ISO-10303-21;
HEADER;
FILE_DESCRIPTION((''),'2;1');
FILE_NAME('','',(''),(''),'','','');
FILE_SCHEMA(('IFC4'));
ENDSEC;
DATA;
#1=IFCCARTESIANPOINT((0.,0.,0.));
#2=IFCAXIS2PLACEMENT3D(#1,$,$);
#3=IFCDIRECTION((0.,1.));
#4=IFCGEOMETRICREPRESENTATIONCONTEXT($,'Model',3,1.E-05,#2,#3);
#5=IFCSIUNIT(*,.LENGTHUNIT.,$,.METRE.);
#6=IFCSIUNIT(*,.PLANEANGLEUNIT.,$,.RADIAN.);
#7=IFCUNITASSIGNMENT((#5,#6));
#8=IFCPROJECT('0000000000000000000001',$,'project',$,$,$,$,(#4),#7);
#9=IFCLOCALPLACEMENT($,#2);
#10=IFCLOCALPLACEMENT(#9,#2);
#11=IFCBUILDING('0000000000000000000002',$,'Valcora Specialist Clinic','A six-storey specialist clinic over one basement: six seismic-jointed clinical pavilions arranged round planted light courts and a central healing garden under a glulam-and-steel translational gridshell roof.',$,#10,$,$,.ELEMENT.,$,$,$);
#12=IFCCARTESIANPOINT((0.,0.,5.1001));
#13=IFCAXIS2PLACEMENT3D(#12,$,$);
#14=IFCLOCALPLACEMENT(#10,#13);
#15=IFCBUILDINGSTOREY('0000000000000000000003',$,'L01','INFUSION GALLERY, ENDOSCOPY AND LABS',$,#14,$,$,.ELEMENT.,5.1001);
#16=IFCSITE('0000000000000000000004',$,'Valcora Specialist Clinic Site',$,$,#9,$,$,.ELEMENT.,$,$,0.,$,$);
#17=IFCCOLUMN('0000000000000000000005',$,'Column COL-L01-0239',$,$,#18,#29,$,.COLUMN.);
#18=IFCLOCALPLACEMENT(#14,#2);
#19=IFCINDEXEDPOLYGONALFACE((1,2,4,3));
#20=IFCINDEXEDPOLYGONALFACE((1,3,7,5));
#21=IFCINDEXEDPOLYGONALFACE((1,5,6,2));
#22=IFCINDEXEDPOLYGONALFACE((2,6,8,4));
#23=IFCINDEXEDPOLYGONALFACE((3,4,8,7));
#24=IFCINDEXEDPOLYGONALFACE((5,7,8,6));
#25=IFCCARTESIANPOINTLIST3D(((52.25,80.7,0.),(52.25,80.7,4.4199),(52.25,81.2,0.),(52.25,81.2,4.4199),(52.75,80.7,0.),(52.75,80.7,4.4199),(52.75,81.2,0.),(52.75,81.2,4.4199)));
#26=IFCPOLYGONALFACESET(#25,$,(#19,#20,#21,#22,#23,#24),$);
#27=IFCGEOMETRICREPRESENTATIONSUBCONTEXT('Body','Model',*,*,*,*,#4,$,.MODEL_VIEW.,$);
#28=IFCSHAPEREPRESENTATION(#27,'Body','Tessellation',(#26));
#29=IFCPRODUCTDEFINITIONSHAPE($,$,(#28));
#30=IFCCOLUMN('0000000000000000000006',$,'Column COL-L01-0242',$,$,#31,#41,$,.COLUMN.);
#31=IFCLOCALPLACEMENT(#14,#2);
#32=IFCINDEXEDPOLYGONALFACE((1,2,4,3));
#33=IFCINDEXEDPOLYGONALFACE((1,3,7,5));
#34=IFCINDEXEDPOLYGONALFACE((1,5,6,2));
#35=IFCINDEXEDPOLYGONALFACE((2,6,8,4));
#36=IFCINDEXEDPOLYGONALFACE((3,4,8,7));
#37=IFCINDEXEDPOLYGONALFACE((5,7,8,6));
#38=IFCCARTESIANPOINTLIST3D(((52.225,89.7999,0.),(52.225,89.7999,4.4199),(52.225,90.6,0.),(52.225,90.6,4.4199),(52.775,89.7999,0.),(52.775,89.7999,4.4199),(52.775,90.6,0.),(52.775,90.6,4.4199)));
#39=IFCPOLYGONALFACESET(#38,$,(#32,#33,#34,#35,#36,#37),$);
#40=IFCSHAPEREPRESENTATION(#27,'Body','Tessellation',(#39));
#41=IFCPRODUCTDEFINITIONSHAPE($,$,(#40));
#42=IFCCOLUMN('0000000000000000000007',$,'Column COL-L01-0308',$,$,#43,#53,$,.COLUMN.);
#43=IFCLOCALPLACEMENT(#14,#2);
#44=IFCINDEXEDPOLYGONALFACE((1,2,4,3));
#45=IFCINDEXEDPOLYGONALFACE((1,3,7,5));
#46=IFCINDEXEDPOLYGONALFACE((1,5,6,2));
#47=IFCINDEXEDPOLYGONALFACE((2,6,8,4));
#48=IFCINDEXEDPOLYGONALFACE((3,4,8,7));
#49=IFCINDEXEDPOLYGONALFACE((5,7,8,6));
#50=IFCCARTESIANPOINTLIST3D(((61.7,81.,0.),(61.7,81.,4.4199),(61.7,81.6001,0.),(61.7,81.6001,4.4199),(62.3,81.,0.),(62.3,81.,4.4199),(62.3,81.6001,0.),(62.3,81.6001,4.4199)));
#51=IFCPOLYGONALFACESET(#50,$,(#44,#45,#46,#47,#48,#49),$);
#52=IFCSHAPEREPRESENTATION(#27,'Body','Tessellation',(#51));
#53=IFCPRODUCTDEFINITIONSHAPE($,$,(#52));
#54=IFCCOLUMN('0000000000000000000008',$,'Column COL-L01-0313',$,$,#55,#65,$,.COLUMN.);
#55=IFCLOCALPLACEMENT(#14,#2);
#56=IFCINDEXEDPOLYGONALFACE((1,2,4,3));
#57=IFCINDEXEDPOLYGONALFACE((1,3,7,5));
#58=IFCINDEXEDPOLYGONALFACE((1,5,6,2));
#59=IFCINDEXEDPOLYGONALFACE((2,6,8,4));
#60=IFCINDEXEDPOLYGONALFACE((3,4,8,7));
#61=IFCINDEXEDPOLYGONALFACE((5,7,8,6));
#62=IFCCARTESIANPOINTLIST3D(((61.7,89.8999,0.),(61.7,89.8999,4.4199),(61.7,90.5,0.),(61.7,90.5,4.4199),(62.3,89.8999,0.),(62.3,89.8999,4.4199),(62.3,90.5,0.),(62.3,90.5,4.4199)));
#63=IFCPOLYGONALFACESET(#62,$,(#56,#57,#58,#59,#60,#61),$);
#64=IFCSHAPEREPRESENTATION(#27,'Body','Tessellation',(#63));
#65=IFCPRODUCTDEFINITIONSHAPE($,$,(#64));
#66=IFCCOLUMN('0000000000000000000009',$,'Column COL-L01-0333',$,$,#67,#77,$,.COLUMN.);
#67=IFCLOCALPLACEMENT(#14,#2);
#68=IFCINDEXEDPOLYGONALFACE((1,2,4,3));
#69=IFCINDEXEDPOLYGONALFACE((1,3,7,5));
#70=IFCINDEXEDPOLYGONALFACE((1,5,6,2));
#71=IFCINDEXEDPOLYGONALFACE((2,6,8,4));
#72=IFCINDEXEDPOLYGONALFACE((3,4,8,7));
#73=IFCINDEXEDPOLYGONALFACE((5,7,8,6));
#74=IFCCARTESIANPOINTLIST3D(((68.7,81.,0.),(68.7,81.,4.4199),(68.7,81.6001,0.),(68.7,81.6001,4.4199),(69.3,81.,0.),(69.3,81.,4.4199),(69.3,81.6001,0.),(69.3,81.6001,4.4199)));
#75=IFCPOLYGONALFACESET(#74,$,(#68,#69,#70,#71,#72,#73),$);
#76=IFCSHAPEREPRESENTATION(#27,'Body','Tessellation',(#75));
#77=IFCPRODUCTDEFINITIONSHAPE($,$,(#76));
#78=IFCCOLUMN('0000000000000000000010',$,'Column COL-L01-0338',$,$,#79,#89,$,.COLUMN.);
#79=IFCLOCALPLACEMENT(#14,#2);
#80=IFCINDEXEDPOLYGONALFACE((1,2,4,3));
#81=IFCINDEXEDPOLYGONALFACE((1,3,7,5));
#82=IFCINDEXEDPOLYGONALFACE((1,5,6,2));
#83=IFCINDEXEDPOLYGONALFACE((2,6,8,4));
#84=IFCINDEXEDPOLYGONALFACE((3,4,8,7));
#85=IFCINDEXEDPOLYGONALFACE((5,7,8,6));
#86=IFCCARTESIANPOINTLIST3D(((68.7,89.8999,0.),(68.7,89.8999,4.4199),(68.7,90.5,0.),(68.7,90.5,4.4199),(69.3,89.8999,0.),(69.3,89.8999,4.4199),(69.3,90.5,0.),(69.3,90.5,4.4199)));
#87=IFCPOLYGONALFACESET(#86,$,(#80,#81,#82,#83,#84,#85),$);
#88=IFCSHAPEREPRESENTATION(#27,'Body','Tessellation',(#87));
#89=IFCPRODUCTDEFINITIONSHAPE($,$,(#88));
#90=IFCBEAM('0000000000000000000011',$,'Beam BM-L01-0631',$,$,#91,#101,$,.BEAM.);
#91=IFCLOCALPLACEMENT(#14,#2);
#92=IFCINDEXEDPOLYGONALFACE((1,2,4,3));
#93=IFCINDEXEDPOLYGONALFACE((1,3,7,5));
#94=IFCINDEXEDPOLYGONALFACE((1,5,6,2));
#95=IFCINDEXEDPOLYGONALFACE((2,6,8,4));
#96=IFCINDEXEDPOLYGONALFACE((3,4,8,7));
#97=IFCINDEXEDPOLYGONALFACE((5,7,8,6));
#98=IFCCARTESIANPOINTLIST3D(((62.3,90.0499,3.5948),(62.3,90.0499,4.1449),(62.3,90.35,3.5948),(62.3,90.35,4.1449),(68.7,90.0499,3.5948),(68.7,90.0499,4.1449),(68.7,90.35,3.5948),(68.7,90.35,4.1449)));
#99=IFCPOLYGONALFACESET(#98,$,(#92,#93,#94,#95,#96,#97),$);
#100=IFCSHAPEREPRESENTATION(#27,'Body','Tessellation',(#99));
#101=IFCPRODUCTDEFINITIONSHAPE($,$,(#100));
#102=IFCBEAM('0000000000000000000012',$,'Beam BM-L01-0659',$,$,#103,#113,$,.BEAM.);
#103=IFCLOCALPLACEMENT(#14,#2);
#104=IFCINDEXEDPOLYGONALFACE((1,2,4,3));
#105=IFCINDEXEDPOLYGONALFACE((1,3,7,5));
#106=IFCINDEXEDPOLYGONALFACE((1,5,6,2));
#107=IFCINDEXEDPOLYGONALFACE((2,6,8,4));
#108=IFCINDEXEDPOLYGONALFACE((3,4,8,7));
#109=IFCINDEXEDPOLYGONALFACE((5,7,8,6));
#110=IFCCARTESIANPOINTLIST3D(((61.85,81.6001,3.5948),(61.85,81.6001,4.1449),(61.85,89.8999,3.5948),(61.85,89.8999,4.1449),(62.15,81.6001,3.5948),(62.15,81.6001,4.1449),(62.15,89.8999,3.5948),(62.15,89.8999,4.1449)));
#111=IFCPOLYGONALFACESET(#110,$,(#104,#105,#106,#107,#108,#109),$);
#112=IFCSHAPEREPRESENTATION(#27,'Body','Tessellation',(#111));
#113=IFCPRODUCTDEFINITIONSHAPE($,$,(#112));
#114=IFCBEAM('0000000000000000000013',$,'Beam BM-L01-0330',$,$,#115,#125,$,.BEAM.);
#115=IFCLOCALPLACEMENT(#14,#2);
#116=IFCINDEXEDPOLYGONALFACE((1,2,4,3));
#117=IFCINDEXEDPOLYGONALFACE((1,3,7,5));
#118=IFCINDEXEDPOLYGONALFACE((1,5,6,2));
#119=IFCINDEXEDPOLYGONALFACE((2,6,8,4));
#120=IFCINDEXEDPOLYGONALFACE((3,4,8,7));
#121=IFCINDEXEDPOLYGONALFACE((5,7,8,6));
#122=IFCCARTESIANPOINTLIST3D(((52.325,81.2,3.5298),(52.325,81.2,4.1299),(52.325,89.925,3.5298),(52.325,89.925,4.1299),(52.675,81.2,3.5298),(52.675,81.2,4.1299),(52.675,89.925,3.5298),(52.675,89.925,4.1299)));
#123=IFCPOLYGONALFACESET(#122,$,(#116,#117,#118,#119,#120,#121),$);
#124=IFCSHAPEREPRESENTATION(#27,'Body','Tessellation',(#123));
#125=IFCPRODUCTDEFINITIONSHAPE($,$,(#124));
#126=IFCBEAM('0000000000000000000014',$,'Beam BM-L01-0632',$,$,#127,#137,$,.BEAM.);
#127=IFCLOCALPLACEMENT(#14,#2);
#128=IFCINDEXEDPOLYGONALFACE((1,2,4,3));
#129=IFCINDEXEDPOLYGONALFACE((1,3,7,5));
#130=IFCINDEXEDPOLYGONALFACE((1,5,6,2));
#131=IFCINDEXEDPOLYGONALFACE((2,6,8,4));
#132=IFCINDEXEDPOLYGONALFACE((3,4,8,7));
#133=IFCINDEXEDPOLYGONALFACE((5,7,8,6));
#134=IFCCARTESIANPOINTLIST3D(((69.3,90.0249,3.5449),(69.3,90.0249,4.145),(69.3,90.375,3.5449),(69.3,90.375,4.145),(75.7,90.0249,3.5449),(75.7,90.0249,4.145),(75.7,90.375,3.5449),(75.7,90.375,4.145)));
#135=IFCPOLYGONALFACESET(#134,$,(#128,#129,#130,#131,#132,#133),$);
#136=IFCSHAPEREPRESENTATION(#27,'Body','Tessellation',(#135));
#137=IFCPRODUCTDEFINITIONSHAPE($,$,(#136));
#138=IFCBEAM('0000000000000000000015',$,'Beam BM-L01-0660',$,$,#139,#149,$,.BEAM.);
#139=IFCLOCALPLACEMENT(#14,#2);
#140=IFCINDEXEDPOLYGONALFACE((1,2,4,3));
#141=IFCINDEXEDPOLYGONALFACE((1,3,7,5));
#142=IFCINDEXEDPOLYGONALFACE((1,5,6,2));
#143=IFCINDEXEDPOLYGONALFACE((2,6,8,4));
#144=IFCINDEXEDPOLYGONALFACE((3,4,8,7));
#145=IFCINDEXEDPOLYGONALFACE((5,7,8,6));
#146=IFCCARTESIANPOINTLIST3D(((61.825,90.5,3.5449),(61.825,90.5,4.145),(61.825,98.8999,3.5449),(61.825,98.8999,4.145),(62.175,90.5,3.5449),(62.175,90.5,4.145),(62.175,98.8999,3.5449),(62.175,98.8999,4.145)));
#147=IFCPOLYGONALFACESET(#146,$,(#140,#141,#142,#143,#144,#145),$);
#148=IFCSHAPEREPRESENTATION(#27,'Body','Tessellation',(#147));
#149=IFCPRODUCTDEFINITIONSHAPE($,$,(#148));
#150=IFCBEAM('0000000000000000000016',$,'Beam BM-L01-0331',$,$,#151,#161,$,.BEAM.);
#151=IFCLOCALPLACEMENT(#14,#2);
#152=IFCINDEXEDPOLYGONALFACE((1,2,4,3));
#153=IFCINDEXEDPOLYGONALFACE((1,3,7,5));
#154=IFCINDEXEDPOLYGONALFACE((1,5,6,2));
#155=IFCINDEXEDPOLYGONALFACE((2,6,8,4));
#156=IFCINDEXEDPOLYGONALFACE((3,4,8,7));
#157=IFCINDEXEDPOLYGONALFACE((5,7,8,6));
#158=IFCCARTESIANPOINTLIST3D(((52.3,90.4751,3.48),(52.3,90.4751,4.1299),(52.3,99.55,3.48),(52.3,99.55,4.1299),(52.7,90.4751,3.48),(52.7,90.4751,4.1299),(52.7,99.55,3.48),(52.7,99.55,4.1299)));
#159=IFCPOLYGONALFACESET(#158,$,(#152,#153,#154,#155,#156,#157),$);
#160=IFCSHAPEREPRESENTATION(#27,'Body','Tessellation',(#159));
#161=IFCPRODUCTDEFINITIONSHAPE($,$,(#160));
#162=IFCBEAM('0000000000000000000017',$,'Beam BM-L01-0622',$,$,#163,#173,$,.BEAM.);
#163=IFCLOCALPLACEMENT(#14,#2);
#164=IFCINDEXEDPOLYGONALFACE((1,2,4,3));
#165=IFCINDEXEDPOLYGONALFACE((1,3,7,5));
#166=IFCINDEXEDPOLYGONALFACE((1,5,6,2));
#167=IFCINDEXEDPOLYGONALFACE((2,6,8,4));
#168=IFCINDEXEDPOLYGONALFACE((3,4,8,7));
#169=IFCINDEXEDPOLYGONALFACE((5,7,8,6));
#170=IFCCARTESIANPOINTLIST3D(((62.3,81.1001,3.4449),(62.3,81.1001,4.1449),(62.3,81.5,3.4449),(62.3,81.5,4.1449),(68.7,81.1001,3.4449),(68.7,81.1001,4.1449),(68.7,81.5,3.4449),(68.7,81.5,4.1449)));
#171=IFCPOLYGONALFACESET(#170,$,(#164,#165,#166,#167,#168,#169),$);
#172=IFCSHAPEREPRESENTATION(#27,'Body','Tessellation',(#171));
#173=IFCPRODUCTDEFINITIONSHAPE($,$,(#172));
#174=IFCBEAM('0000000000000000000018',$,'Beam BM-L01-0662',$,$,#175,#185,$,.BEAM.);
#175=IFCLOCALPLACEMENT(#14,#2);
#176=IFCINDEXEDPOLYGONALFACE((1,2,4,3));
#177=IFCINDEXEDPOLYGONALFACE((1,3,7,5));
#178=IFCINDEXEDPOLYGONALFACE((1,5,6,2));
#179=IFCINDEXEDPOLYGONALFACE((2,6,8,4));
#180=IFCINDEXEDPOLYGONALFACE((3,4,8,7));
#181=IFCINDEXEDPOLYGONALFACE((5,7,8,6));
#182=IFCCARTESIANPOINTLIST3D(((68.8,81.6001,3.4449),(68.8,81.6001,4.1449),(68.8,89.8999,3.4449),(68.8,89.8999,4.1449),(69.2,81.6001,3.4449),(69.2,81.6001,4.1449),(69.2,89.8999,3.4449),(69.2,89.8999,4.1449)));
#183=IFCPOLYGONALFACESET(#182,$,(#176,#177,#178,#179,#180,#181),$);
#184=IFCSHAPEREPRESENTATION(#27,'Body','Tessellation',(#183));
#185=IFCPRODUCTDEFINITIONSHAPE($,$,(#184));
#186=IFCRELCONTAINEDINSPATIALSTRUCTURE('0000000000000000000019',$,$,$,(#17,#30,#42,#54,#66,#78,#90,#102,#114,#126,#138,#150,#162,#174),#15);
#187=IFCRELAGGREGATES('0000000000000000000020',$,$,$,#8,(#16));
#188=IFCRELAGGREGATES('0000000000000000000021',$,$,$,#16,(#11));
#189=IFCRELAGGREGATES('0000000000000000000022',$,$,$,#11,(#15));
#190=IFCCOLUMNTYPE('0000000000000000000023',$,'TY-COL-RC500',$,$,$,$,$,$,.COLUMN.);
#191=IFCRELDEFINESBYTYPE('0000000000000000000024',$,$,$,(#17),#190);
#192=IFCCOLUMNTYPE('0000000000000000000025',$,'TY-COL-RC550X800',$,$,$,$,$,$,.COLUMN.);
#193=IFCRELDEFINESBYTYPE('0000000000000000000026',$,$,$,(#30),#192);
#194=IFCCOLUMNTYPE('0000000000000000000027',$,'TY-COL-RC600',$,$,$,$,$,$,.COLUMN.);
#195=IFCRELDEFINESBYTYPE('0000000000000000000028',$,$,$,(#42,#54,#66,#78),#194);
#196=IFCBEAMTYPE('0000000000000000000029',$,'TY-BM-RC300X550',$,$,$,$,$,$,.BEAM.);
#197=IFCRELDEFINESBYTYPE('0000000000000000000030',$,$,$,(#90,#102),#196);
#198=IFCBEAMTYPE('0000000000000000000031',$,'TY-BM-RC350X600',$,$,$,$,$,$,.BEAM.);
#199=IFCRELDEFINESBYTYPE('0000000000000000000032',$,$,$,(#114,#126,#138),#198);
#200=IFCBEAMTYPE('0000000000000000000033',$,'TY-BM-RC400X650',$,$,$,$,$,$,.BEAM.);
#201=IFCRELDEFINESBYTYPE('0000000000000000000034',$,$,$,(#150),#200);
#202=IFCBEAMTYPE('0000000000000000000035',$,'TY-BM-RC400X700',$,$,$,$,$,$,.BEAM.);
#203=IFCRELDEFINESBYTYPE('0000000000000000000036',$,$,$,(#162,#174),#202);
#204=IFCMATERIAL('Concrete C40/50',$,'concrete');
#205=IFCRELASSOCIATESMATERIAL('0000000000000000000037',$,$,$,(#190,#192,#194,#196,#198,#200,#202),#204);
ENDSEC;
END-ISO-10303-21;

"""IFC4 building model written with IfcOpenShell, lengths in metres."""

from ifc_helpers import new_model, si_unit, direction, frame, origin, origin_2d, place, context, subcontext, project, spatial, rectangle, extrude, material, material_profile, profile_set, type_object, element, save


model = new_model("IFC4")

# Units and contexts
model_context = context("Model", 3, precision=1e-05, world=origin(), true_north=direction((0.0, 1.0)))
body_context = subcontext(model_context, "Body", "Model", "MODEL_VIEW")
ifc_project = project(units=[si_unit("LENGTHUNIT", "METRE"), si_unit("PLANEANGLEUNIT", "RADIAN")], contexts=[model_context])

# Site, building, storey
site_placement = place(None, origin())
site = spatial("IfcSite", under=ifc_project, at=site_placement, Name="Valcora Specialist Clinic Site", CompositionType="ELEMENT", RefElevation=0.0)
building_placement = place(site_placement, origin())
building = spatial("IfcBuilding", under=site, at=building_placement, Name="Valcora Specialist Clinic", Description="A six-storey specialist clinic over one basement: six seismic-jointed clinical pavilions arranged round planted light courts and a central healing garden under a glulam-and-steel translational gridshell roof.", CompositionType="ELEMENT")
storey_placement = place(building_placement, frame((0.0, 0.0, 5.1001)))
storey = spatial("IfcBuildingStorey", under=building, at=storey_placement, Name="L01", Description="INFUSION GALLERY, ENDOSCOPY AND LABS", CompositionType="ELEMENT", Elevation=5.1001)

# Columns
ifc_material_1 = material(Name="Concrete C40/50", Category="concrete")
ifc_material_profile_1 = material_profile(ifc_material_1, rectangle(XDim=0.5, YDim=0.5, at=origin_2d()), Name="RC-COL-500X500")
ifc_profile_set_1 = profile_set([ifc_material_profile_1], Name="Concrete C40/50")
column_type_1 = type_object("IfcColumnType", Name="TY-COL-RC500", PredefinedType="COLUMN", material=ifc_profile_set_1)
column_1_placement = place(storey_placement, frame((52.5, 80.95, 0.0), z_axis=(0.0, 0.0, 1.0), x_axis=(1.0, 0.0, 0.0)))
element("IfcColumn", 1, at=column_1_placement, inside=storey, type_object=column_type_1, Name="Column COL-L01-0239", PredefinedType="COLUMN", context=body_context, shape_type="SweptSolid", body=[
    extrude(rectangle(XDim=0.5, YDim=0.5, at=origin_2d()), origin(), (0.0, 0.0, 1.0), 4.4199),
])
ifc_material_profile_2 = material_profile(ifc_material_1, rectangle(XDim=0.55, YDim=0.8, at=origin_2d()), Name="RC-COL-550X800")
ifc_profile_set_2 = profile_set([ifc_material_profile_2], Name="Concrete C40/50")
column_type_2 = type_object("IfcColumnType", Name="TY-COL-RC550X800", PredefinedType="COLUMN", material=ifc_profile_set_2)
column_2_placement = place(storey_placement, frame((52.5, 90.2, 0.0), z_axis=(0.0, 0.0, 1.0), x_axis=(1.0, 0.0, 0.0)))
element("IfcColumn", 2, at=column_2_placement, inside=storey, type_object=column_type_2, Name="Column COL-L01-0242", PredefinedType="COLUMN", context=body_context, shape_type="SweptSolid", body=[
    extrude(rectangle(XDim=0.55, YDim=0.8, at=origin_2d()), origin(), (0.0, 0.0, 1.0), 4.4199),
])
ifc_material_profile_3 = material_profile(ifc_material_1, rectangle(XDim=0.6001, YDim=0.6001, at=origin_2d()), Name="RC-COL-600X600")
ifc_profile_set_3 = profile_set([ifc_material_profile_3], Name="Concrete C40/50")
column_type_3 = type_object("IfcColumnType", Name="TY-COL-RC600", PredefinedType="COLUMN", material=ifc_profile_set_3)
for number, where, z_axis, x_axis, name in (
    (3, (62.0, 81.3, 0.0), (0.0, 0.0, 1.0), (1.0, 0.0, 0.0), "Column COL-L01-0308"),
    (4, (62.0, 90.2, 0.0), (0.0, 0.0, 1.0), (1.0, 0.0, 0.0), "Column COL-L01-0313"),
    (5, (69.0, 81.3, 0.0), (0.0, 0.0, 1.0), (1.0, 0.0, 0.0), "Column COL-L01-0333"),
    (6, (69.0, 90.2, 0.0), (0.0, 0.0, 1.0), (1.0, 0.0, 0.0), "Column COL-L01-0338"),
):
    element("IfcColumn", number, at=place(storey_placement, frame(where, z_axis=z_axis, x_axis=x_axis)), inside=storey, type_object=column_type_3, Name=name, PredefinedType="COLUMN", context=body_context, shape_type="SweptSolid", body=[
        extrude(rectangle(XDim=0.6001, YDim=0.6001, at=origin_2d()), origin(), (0.0, 0.0, 1.0), 4.4199),
    ])

# Beams
ifc_material_profile_4 = material_profile(ifc_material_1, rectangle(XDim=0.3, YDim=0.55, at=origin_2d()), Name="RC-BM-300X550")
ifc_profile_set_4 = profile_set([ifc_material_profile_4], Name="Concrete C40/50")
beam_type_1 = type_object("IfcBeamType", Name="TY-BM-RC300X550", PredefinedType="BEAM", material=ifc_profile_set_4)
beam_1_placement = place(storey_placement, frame((62.3, 90.2, 3.8699), z_axis=(1.0, 0.0, 0.0), x_axis=(0.0, 1.0, 0.0)))
element("IfcBeam", 7, at=beam_1_placement, inside=storey, type_object=beam_type_1, Name="Beam BM-L01-0631", PredefinedType="BEAM", context=body_context, shape_type="SweptSolid", body=[
    extrude(rectangle(XDim=0.3, YDim=0.55, at=origin_2d()), origin(), (0.0, 0.0, 1.0), 6.3999),
])
beam_2_placement = place(storey_placement, frame((62.0, 81.6001, 3.8699), z_axis=(0.0, 1.0, 0.0), x_axis=(-1.0, 0.0, 0.0)))
element("IfcBeam", 8, at=beam_2_placement, inside=storey, type_object=beam_type_1, Name="Beam BM-L01-0659", PredefinedType="BEAM", context=body_context, shape_type="SweptSolid", body=[
    extrude(rectangle(XDim=0.3, YDim=0.55, at=origin_2d()), origin(), (0.0, 0.0, 1.0), 8.2998),
])
ifc_material_profile_5 = material_profile(ifc_material_1, rectangle(XDim=0.3501, YDim=0.6001, at=origin_2d()), Name="RC-BM-350X600")
ifc_profile_set_5 = profile_set([ifc_material_profile_5], Name="Concrete C40/50")
beam_type_2 = type_object("IfcBeamType", Name="TY-BM-RC350X600", PredefinedType="BEAM", material=ifc_profile_set_5)
beam_3_placement = place(storey_placement, frame((52.5, 81.2, 3.8298), z_axis=(0.0, 1.0, 0.0), x_axis=(-1.0, 0.0, 0.0)))
element("IfcBeam", 9, at=beam_3_placement, inside=storey, type_object=beam_type_2, Name="Beam BM-L01-0330", PredefinedType="BEAM", context=body_context, shape_type="SweptSolid", body=[
    extrude(rectangle(XDim=0.3501, YDim=0.6001, at=origin_2d()), origin(), (0.0, 0.0, 1.0), 8.7251),
])
beam_4_placement = place(storey_placement, frame((69.3, 90.2, 3.845), z_axis=(1.0, 0.0, 0.0), x_axis=(0.0, 1.0, 0.0)))
element("IfcBeam", 10, at=beam_4_placement, inside=storey, type_object=beam_type_2, Name="Beam BM-L01-0632", PredefinedType="BEAM", context=body_context, shape_type="SweptSolid", body=[
    extrude(rectangle(XDim=0.3501, YDim=0.6001, at=origin_2d()), origin(), (0.0, 0.0, 1.0), 6.3999),
])
beam_5_placement = place(storey_placement, frame((62.0, 90.5, 3.845), z_axis=(0.0, 1.0, 0.0), x_axis=(-1.0, 0.0, 0.0)))
element("IfcBeam", 11, at=beam_5_placement, inside=storey, type_object=beam_type_2, Name="Beam BM-L01-0660", PredefinedType="BEAM", context=body_context, shape_type="SweptSolid", body=[
    extrude(rectangle(XDim=0.3501, YDim=0.6001, at=origin_2d()), origin(), (0.0, 0.0, 1.0), 8.3999),
])
ifc_material_profile_6 = material_profile(ifc_material_1, rectangle(XDim=0.3999, YDim=0.6499, at=origin_2d()), Name="RC-BM-400X650")
ifc_profile_set_6 = profile_set([ifc_material_profile_6], Name="Concrete C40/50")
beam_type_3 = type_object("IfcBeamType", Name="TY-BM-RC400X650", PredefinedType="BEAM", material=ifc_profile_set_6)
beam_6_placement = place(storey_placement, frame((52.5, 90.4751, 3.8049), z_axis=(0.0, 1.0, 0.0), x_axis=(-1.0, 0.0, 0.0)))
element("IfcBeam", 12, at=beam_6_placement, inside=storey, type_object=beam_type_3, Name="Beam BM-L01-0331", PredefinedType="BEAM", context=body_context, shape_type="SweptSolid", body=[
    extrude(rectangle(XDim=0.3999, YDim=0.6499, at=origin_2d()), origin(), (0.0, 0.0, 1.0), 9.075),
])
ifc_material_profile_7 = material_profile(ifc_material_1, rectangle(XDim=0.3999, YDim=0.7, at=origin_2d()), Name="RC-BM-400X700")
ifc_profile_set_7 = profile_set([ifc_material_profile_7], Name="Concrete C40/50")
beam_type_4 = type_object("IfcBeamType", Name="TY-BM-RC400X700", PredefinedType="BEAM", material=ifc_profile_set_7)
beam_7_placement = place(storey_placement, frame((62.3, 81.3, 3.7949), z_axis=(1.0, 0.0, 0.0), x_axis=(0.0, 1.0, 0.0)))
element("IfcBeam", 13, at=beam_7_placement, inside=storey, type_object=beam_type_4, Name="Beam BM-L01-0622", PredefinedType="BEAM", context=body_context, shape_type="SweptSolid", body=[
    extrude(rectangle(XDim=0.3999, YDim=0.7, at=origin_2d()), origin(), (0.0, 0.0, 1.0), 6.3999),
])
beam_8_placement = place(storey_placement, frame((69.0, 81.6001, 3.7949), z_axis=(0.0, 1.0, 0.0), x_axis=(-1.0, 0.0, 0.0)))
element("IfcBeam", 14, at=beam_8_placement, inside=storey, type_object=beam_type_4, Name="Beam BM-L01-0662", PredefinedType="BEAM", context=body_context, shape_type="SweptSolid", body=[
    extrude(rectangle(XDim=0.3999, YDim=0.7, at=origin_2d()), origin(), (0.0, 0.0, 1.0), 8.2998),
])

save(model, "model.ifc")
